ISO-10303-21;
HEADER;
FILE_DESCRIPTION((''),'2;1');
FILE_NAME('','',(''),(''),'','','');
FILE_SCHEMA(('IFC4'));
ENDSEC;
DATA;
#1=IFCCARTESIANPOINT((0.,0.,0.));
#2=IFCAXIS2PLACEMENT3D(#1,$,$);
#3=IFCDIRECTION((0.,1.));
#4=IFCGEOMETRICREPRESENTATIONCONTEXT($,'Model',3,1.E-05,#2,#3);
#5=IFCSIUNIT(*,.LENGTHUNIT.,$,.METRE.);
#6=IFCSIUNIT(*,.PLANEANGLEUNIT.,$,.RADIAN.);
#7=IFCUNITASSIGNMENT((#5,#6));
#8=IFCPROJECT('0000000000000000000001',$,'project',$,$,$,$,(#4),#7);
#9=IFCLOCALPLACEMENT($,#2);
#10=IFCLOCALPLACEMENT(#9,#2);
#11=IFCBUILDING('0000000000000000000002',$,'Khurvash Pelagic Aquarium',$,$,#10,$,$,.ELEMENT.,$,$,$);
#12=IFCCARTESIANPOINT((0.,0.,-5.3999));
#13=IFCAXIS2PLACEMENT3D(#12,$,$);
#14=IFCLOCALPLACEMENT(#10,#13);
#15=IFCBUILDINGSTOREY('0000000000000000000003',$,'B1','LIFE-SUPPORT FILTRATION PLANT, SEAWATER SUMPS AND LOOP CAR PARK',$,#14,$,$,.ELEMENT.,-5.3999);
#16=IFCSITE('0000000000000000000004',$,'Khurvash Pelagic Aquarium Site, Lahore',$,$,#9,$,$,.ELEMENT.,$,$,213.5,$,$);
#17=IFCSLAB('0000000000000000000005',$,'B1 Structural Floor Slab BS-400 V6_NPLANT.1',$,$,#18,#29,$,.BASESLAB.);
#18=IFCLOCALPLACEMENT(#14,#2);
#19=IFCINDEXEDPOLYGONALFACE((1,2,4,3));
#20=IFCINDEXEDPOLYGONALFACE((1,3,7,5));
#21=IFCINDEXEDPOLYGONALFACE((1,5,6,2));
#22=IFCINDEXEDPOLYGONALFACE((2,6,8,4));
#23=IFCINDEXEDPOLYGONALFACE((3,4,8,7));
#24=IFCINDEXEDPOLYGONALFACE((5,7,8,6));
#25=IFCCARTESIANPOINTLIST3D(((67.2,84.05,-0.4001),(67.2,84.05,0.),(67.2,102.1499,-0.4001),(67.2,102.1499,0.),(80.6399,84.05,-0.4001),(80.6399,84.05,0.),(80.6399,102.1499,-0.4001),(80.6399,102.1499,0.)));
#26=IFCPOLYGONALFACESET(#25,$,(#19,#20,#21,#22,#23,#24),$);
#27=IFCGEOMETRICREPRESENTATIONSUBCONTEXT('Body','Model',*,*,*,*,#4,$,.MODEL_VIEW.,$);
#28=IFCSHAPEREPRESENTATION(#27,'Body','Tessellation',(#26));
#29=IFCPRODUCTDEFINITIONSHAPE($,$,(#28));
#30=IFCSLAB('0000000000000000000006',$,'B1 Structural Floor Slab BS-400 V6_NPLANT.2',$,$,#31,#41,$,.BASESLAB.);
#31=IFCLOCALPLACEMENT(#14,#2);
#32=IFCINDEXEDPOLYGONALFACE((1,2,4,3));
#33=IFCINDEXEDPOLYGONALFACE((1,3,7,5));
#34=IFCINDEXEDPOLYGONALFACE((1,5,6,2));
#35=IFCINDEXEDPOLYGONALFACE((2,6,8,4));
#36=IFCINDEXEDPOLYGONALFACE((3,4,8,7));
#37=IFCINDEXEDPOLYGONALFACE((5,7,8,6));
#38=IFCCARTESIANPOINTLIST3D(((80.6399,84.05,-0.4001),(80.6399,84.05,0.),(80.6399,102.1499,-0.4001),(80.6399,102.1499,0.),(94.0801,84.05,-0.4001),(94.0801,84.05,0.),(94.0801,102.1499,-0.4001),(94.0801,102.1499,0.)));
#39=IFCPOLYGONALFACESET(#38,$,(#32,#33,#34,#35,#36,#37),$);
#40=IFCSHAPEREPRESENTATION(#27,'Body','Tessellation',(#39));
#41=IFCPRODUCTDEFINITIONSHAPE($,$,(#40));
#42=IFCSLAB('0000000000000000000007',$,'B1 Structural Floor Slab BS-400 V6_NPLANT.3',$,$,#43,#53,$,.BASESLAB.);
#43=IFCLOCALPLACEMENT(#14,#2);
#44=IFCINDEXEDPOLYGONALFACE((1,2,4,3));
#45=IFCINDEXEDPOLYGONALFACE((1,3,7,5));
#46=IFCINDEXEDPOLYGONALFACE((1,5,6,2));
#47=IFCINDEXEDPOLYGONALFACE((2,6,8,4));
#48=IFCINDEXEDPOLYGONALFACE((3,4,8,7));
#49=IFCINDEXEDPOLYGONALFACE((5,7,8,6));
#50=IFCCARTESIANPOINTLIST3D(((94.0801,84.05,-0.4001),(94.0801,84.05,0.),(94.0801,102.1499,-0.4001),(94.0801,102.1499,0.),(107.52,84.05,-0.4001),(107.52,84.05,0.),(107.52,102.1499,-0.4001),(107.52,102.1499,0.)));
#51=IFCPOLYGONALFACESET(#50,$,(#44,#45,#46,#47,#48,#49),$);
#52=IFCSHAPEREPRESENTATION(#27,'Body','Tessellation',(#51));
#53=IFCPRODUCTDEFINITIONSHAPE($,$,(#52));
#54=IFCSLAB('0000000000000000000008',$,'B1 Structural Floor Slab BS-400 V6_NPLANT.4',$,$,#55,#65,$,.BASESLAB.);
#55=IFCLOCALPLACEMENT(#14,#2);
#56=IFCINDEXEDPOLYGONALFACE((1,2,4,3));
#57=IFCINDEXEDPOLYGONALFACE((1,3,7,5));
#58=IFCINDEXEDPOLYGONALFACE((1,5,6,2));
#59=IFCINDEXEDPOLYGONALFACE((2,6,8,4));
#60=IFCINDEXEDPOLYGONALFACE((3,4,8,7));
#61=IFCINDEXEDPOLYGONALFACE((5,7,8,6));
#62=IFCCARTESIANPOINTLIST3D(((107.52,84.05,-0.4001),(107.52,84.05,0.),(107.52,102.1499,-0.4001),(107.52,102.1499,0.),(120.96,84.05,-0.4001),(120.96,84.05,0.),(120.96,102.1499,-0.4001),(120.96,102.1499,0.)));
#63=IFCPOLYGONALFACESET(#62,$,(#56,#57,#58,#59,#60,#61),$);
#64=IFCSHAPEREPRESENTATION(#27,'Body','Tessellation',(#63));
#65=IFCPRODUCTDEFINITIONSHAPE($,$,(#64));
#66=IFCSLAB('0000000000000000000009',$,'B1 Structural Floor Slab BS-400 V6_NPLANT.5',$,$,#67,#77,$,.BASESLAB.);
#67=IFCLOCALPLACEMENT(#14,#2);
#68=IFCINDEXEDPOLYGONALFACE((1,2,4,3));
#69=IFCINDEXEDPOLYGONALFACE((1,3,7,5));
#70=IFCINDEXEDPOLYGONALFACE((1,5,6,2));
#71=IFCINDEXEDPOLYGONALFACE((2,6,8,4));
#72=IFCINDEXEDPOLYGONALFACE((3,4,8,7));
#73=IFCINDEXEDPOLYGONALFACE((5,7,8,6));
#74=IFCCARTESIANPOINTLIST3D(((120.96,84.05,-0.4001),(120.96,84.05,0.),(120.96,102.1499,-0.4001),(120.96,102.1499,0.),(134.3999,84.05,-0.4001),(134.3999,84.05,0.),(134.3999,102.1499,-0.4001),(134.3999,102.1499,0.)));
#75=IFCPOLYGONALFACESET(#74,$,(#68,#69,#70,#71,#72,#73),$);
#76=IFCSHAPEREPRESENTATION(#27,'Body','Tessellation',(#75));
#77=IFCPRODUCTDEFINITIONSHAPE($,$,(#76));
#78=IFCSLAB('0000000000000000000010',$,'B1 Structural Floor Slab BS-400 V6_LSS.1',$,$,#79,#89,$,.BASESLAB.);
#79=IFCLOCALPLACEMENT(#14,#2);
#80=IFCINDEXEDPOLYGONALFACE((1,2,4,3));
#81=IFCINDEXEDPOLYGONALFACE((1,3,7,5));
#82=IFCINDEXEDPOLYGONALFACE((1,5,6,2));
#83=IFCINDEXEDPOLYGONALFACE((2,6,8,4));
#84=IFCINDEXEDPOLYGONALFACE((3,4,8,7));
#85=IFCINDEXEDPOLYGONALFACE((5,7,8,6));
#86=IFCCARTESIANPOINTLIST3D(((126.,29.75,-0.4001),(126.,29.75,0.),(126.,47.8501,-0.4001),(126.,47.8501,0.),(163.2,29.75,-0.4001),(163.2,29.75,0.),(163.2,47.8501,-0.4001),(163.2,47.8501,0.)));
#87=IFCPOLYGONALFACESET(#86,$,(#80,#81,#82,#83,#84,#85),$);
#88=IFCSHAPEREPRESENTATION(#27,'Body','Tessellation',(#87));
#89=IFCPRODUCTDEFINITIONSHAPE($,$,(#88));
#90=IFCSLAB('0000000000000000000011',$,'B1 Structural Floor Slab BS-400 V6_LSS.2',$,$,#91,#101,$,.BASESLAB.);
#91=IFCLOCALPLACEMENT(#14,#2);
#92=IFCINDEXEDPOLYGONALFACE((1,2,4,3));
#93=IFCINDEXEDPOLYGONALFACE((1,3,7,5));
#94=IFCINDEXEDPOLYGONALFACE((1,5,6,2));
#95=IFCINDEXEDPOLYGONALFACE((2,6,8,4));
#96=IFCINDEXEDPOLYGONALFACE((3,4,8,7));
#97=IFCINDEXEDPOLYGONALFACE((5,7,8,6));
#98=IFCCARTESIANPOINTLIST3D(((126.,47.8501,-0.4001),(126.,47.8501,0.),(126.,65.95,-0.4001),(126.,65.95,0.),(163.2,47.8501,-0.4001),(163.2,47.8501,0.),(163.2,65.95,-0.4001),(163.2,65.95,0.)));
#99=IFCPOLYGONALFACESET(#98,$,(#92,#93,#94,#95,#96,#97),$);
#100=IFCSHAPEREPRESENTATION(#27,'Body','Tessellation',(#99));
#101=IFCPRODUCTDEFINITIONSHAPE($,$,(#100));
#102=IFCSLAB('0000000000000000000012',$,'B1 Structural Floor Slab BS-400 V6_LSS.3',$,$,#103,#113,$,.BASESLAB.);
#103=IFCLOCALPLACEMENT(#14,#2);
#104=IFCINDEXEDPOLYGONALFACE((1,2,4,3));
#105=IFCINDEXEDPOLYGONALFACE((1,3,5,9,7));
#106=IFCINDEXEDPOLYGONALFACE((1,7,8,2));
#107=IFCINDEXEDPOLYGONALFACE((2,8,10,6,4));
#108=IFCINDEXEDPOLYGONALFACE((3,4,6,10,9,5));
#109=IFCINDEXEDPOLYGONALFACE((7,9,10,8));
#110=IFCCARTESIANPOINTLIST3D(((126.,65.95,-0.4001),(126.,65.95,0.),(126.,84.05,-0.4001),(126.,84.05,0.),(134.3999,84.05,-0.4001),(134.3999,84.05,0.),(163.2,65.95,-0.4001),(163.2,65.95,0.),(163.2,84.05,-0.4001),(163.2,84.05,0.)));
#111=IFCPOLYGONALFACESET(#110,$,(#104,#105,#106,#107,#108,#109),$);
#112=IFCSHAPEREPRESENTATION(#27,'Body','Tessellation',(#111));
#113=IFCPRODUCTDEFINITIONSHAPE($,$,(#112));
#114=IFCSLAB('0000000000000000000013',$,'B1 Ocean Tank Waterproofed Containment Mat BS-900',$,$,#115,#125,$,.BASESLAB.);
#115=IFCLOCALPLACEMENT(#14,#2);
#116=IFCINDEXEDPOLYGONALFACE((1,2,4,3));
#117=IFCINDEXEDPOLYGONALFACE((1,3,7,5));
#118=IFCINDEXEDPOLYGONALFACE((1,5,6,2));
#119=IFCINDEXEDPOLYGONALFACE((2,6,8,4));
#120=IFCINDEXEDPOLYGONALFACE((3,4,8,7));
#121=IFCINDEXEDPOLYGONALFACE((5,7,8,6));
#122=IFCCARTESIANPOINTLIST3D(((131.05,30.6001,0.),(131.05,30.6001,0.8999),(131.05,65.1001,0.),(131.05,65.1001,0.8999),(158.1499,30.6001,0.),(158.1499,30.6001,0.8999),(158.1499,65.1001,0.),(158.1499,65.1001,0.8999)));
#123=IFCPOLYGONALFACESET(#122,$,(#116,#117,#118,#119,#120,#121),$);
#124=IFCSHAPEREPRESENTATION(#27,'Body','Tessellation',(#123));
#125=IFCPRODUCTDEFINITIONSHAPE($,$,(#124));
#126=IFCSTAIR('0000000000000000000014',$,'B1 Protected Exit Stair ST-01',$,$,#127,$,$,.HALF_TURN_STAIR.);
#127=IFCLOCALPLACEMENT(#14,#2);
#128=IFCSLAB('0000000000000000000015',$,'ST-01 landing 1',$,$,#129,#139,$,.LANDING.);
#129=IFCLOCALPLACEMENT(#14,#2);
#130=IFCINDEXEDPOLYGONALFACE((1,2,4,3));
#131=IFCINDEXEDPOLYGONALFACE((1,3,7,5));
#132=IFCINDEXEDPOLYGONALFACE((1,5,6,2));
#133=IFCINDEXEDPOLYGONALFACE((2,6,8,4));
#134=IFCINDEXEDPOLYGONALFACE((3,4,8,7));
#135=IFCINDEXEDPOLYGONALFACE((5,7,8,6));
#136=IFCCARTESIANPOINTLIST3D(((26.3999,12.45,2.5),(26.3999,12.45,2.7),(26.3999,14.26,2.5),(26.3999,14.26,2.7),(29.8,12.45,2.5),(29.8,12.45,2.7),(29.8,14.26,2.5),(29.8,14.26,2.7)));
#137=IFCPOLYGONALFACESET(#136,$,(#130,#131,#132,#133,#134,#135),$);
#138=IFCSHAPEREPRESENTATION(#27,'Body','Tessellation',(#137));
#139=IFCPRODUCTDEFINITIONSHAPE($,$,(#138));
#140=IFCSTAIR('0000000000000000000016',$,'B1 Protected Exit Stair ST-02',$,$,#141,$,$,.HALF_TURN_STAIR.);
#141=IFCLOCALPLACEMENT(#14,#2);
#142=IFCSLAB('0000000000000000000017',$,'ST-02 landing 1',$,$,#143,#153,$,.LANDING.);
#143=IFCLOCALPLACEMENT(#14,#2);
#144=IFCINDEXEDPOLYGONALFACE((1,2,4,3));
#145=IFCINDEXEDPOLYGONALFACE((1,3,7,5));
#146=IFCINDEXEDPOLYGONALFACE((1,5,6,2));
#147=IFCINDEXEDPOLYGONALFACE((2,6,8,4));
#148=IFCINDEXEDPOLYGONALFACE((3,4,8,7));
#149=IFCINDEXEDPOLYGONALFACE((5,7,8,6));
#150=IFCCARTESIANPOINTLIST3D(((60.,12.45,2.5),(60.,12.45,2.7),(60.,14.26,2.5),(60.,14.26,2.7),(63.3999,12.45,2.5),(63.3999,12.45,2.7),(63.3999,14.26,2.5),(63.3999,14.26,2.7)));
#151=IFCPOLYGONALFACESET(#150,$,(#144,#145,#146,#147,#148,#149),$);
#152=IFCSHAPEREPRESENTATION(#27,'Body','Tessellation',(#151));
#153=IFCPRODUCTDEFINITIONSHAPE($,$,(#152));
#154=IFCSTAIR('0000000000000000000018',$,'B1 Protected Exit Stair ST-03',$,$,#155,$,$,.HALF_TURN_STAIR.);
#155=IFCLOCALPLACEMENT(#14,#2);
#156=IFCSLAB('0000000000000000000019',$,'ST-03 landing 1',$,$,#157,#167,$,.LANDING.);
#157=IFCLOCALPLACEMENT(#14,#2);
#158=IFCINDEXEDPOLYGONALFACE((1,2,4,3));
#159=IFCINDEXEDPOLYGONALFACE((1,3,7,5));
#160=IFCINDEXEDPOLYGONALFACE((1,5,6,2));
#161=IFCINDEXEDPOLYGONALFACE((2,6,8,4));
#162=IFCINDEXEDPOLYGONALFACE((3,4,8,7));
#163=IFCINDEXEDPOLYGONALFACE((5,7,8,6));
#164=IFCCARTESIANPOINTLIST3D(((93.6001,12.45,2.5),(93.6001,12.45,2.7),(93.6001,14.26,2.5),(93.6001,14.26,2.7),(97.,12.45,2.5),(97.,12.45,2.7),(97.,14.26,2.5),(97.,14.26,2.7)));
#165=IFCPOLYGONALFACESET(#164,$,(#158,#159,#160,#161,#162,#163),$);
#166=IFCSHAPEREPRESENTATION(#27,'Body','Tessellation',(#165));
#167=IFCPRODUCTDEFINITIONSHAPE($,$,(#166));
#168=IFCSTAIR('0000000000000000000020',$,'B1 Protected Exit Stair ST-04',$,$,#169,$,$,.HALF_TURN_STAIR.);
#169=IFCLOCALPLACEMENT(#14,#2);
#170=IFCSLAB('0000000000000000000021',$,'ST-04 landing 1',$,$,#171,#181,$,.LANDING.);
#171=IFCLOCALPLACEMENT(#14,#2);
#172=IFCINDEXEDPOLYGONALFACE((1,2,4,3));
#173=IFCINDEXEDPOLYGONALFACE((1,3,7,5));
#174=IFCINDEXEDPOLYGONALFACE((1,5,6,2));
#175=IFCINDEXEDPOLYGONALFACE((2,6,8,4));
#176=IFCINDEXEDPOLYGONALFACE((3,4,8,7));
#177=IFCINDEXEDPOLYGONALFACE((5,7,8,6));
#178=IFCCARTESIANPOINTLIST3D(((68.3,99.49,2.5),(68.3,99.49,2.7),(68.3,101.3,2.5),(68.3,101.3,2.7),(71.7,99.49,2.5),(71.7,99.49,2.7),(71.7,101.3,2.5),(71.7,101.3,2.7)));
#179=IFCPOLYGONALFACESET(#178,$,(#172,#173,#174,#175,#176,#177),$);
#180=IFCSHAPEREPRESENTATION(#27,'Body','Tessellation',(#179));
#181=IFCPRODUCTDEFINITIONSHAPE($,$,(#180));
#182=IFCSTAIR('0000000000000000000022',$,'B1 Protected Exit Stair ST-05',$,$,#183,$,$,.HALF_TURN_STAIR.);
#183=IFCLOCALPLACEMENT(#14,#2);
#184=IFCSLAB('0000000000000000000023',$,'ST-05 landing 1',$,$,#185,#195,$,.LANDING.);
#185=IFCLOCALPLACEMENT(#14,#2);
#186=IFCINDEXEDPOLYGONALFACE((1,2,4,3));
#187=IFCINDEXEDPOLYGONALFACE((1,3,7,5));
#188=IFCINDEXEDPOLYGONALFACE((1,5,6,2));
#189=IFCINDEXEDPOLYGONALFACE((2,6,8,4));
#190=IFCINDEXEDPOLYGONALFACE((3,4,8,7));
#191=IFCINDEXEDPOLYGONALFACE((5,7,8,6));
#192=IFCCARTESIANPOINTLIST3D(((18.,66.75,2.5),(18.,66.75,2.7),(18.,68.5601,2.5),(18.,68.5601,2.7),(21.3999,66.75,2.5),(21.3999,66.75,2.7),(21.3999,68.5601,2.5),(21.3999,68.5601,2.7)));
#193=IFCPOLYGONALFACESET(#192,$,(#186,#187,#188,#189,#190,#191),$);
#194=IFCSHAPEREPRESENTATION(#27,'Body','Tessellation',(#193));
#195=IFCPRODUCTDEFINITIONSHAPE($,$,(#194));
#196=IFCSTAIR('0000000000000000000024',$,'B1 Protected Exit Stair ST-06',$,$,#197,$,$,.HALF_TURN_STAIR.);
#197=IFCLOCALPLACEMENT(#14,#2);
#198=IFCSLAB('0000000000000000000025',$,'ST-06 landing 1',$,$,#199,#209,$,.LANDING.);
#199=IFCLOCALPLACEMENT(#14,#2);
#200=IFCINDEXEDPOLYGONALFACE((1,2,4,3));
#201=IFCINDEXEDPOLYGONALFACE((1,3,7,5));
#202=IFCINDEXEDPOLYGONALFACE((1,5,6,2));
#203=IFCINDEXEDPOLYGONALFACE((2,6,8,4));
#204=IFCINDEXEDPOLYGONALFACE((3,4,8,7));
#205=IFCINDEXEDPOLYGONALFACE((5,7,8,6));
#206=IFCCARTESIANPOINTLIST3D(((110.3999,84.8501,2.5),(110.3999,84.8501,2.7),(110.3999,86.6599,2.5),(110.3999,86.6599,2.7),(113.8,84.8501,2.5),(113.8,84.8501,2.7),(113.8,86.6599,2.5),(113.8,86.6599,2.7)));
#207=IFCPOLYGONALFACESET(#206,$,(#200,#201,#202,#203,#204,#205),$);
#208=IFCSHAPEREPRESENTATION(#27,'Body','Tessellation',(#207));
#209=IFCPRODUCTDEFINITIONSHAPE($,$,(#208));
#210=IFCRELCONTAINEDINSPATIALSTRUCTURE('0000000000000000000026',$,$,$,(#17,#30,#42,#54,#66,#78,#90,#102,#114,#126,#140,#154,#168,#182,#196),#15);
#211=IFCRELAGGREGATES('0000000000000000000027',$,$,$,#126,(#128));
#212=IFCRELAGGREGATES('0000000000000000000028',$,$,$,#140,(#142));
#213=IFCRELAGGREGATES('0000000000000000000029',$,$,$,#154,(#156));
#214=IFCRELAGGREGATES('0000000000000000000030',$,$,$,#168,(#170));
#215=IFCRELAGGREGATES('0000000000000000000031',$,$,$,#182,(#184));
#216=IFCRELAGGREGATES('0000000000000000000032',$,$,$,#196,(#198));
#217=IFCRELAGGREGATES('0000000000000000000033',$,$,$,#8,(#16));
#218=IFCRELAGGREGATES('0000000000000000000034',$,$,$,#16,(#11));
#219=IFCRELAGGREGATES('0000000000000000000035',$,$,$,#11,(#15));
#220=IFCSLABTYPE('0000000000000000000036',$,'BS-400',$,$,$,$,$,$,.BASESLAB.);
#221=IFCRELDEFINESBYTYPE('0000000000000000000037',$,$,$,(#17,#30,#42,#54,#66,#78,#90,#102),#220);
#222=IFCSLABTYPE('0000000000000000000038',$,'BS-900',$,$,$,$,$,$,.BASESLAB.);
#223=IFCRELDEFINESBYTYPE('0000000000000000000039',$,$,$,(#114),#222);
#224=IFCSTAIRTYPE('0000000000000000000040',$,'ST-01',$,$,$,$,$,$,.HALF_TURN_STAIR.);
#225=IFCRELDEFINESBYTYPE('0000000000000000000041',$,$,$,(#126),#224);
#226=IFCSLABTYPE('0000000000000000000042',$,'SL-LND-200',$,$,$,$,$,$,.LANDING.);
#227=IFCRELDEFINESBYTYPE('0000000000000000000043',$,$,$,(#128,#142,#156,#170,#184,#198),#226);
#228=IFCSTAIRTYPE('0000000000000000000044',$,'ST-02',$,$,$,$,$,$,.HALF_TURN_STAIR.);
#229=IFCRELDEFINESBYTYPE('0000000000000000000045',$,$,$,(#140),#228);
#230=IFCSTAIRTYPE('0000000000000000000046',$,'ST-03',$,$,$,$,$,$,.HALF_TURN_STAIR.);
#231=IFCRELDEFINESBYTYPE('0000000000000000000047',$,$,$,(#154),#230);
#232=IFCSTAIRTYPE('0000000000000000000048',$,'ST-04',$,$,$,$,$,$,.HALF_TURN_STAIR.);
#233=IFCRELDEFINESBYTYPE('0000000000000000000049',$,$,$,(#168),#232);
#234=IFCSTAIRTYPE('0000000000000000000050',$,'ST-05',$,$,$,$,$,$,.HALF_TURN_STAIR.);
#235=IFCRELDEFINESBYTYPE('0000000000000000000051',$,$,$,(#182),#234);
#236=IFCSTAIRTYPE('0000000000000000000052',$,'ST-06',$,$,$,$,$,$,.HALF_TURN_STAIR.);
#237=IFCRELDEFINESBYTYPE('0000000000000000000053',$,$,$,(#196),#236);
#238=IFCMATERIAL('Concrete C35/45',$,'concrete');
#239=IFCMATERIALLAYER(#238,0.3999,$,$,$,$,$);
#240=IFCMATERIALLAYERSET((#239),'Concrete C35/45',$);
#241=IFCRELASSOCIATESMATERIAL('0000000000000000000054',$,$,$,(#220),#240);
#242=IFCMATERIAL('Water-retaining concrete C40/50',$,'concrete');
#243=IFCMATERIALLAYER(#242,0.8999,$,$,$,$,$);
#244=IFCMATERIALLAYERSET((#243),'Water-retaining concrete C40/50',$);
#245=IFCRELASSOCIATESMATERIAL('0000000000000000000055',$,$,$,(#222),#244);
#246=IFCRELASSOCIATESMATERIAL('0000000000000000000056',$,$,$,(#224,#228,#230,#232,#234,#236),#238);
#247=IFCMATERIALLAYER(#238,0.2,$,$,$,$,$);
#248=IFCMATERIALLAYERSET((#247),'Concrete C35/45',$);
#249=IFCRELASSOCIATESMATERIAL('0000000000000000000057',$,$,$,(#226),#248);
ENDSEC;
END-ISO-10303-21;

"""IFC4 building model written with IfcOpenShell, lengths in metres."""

from ifc_helpers import new_model, si_unit, direction, frame, origin, place, context, subcontext, project, spatial, polyline, outline, extrude, material, layer, layer_set, type_object, element, aggregate, save


model = new_model("IFC4")

# Units and contexts
model_context = context("Model", 3, precision=1e-05, world=origin(), true_north=direction((0.0, 1.0)))
body_context = subcontext(model_context, "Body", "Model", "MODEL_VIEW")
ifc_project = project(units=[si_unit("LENGTHUNIT", "METRE"), si_unit("PLANEANGLEUNIT", "RADIAN")], contexts=[model_context])

# Site, building, storey
site_placement = place(None, origin())
site = spatial("IfcSite", under=ifc_project, at=site_placement, Name="Khurvash Pelagic Aquarium Site, Lahore", CompositionType="ELEMENT", RefElevation=213.5)
building_placement = place(site_placement, origin())
building = spatial("IfcBuilding", under=site, at=building_placement, Name="Khurvash Pelagic Aquarium", CompositionType="ELEMENT")
storey_placement = place(building_placement, frame((0.0, 0.0, -5.3999)))
storey = spatial("IfcBuildingStorey", under=building, at=storey_placement, Name="B1", Description="LIFE-SUPPORT FILTRATION PLANT, SEAWATER SUMPS AND LOOP CAR PARK", CompositionType="ELEMENT", Elevation=-5.3999)

# Shared definitions
ifc_material_1 = material(Name="Concrete C35/45", Category="concrete")

# Slabs
ifc_layer_1 = layer(ifc_material_1, 0.3999)
ifc_layer_set_1 = layer_set([ifc_layer_1], Name="Concrete C35/45")
slab_type_1 = type_object("IfcSlabType", Name="BS-400", PredefinedType="BASESLAB", material=ifc_layer_set_1)
slab_1_placement = place(storey_placement, frame((0.0, 0.0, -0.4001)))
element("IfcSlab", 1, at=slab_1_placement, inside=storey, type_object=slab_type_1, Name="B1 Structural Floor Slab BS-400 V6_NPLANT.1", PredefinedType="BASESLAB", context=body_context, shape_type="SweptSolid", body=[
    extrude(outline(polyline([(80.6399, 84.05), (80.6399, 102.1499), (67.2, 102.1499), (67.2, 84.05), (80.6399, 84.05)])), origin(), (0.0, 0.0, 1.0), 0.4001),
])
slab_2_placement = place(storey_placement, frame((0.0, 0.0, -0.4001)))
element("IfcSlab", 2, at=slab_2_placement, inside=storey, type_object=slab_type_1, Name="B1 Structural Floor Slab BS-400 V6_NPLANT.2", PredefinedType="BASESLAB", context=body_context, shape_type="SweptSolid", body=[
    extrude(outline(polyline([(80.6399, 102.1499), (80.6399, 84.05), (94.0801, 84.05), (94.0801, 102.1499), (80.6399, 102.1499)])), origin(), (0.0, 0.0, 1.0), 0.4001),
])
slab_3_placement = place(storey_placement, frame((0.0, 0.0, -0.4001)))
element("IfcSlab", 3, at=slab_3_placement, inside=storey, type_object=slab_type_1, Name="B1 Structural Floor Slab BS-400 V6_NPLANT.3", PredefinedType="BASESLAB", context=body_context, shape_type="SweptSolid", body=[
    extrude(outline(polyline([(94.0801, 102.1499), (94.0801, 84.05), (107.52, 84.05), (107.52, 102.1499), (94.0801, 102.1499)])), origin(), (0.0, 0.0, 1.0), 0.4001),
])
slab_4_placement = place(storey_placement, frame((0.0, 0.0, -0.4001)))
element("IfcSlab", 4, at=slab_4_placement, inside=storey, type_object=slab_type_1, Name="B1 Structural Floor Slab BS-400 V6_NPLANT.4", PredefinedType="BASESLAB", context=body_context, shape_type="SweptSolid", body=[
    extrude(outline(polyline([(107.52, 102.1499), (107.52, 84.05), (120.96, 84.05), (120.96, 102.1499), (107.52, 102.1499)])), origin(), (0.0, 0.0, 1.0), 0.4001),
])
slab_5_placement = place(storey_placement, frame((0.0, 0.0, -0.4001)))
element("IfcSlab", 5, at=slab_5_placement, inside=storey, type_object=slab_type_1, Name="B1 Structural Floor Slab BS-400 V6_NPLANT.5", PredefinedType="BASESLAB", context=body_context, shape_type="SweptSolid", body=[
    extrude(outline(polyline([(120.96, 102.1499), (120.96, 84.05), (134.3999, 84.05), (134.3999, 102.1499), (120.96, 102.1499)])), origin(), (0.0, 0.0, 1.0), 0.4001),
])
slab_6_placement = place(storey_placement, frame((0.0, 0.0, -0.4001)))
element("IfcSlab", 6, at=slab_6_placement, inside=storey, type_object=slab_type_1, Name="B1 Structural Floor Slab BS-400 V6_LSS.1", PredefinedType="BASESLAB", context=body_context, shape_type="SweptSolid", body=[
    extrude(outline(polyline([(163.2, 29.75), (163.2, 47.8501), (126.0, 47.8501), (126.0, 29.75), (163.2, 29.75)])), origin(), (0.0, 0.0, 1.0), 0.4001),
])
slab_7_placement = place(storey_placement, frame((0.0, 0.0, -0.4001)))
element("IfcSlab", 7, at=slab_7_placement, inside=storey, type_object=slab_type_1, Name="B1 Structural Floor Slab BS-400 V6_LSS.2", PredefinedType="BASESLAB", context=body_context, shape_type="SweptSolid", body=[
    extrude(outline(polyline([(126.0, 47.8501), (163.2, 47.8501), (163.2, 65.95), (126.0, 65.95), (126.0, 47.8501)])), origin(), (0.0, 0.0, 1.0), 0.4001),
])
slab_8_placement = place(storey_placement, frame((0.0, 0.0, -0.4001)))
element("IfcSlab", 8, at=slab_8_placement, inside=storey, type_object=slab_type_1, Name="B1 Structural Floor Slab BS-400 V6_LSS.3", PredefinedType="BASESLAB", context=body_context, shape_type="SweptSolid", body=[
    extrude(outline(polyline([(134.3999, 84.05), (126.0, 84.05), (126.0, 65.95), (163.2, 65.95), (163.2, 84.05), (134.3999, 84.05)])), origin(), (0.0, 0.0, 1.0), 0.4001),
])
ifc_material_2 = material(Name="Water-retaining concrete C40/50", Category="concrete")
ifc_layer_2 = layer(ifc_material_2, 0.8999)
ifc_layer_set_2 = layer_set([ifc_layer_2], Name="Water-retaining concrete C40/50")
slab_type_2 = type_object("IfcSlabType", Name="BS-900", PredefinedType="BASESLAB", material=ifc_layer_set_2)
slab_9_placement = place(storey_placement, origin())
element("IfcSlab", 9, at=slab_9_placement, inside=storey, type_object=slab_type_2, Name="B1 Ocean Tank Waterproofed Containment Mat BS-900", PredefinedType="BASESLAB", context=body_context, shape_type="SweptSolid", body=[
    extrude(outline(polyline([(131.05, 30.6001), (158.1499, 30.6001), (158.1499, 65.1001), (131.05, 65.1001), (131.05, 30.6001)])), origin(), (0.0, 0.0, 1.0), 0.8999),
])

# Stairs, slabs
stair_type_1 = type_object("IfcStairType", Name="ST-01", PredefinedType="HALF_TURN_STAIR", material=ifc_material_1)
stair_1_placement = place(storey_placement, origin())
stair_1 = element("IfcStair", 10, at=stair_1_placement, inside=storey, type_object=stair_type_1, Name="B1 Protected Exit Stair ST-01", PredefinedType="HALF_TURN_STAIR")
ifc_layer_3 = layer(ifc_material_1, 0.2)
ifc_layer_set_3 = layer_set([ifc_layer_3], Name="Concrete C35/45")
slab_type_3 = type_object("IfcSlabType", Name="SL-LND-200", PredefinedType="LANDING", material=ifc_layer_set_3)
slab_10_placement = place(storey_placement, frame((0.0, 0.0, 2.5)))
slab_10 = element("IfcSlab", 11, at=slab_10_placement, type_object=slab_type_3, Name="ST-01 landing 1", PredefinedType="LANDING", context=body_context, shape_type="SweptSolid", body=[
    extrude(outline(polyline([(26.3999, 14.26), (26.3999, 12.45), (29.8, 12.45), (29.8, 14.26), (26.3999, 14.26)])), origin(), (0.0, 0.0, 1.0), 0.2),
])
aggregate(stair_1, [slab_10])
stair_type_2 = type_object("IfcStairType", Name="ST-02", PredefinedType="HALF_TURN_STAIR", material=ifc_material_1)
stair_2_placement = place(storey_placement, origin())
stair_2 = element("IfcStair", 12, at=stair_2_placement, inside=storey, type_object=stair_type_2, Name="B1 Protected Exit Stair ST-02", PredefinedType="HALF_TURN_STAIR")
slab_11_placement = place(storey_placement, frame((0.0, 0.0, 2.5)))
slab_11 = element("IfcSlab", 13, at=slab_11_placement, type_object=slab_type_3, Name="ST-02 landing 1", PredefinedType="LANDING", context=body_context, shape_type="SweptSolid", body=[
    extrude(outline(polyline([(60.0, 14.26), (60.0, 12.45), (63.3999, 12.45), (63.3999, 14.26), (60.0, 14.26)])), origin(), (0.0, 0.0, 1.0), 0.2),
])
aggregate(stair_2, [slab_11])
stair_type_3 = type_object("IfcStairType", Name="ST-03", PredefinedType="HALF_TURN_STAIR", material=ifc_material_1)
stair_3_placement = place(storey_placement, origin())
stair_3 = element("IfcStair", 14, at=stair_3_placement, inside=storey, type_object=stair_type_3, Name="B1 Protected Exit Stair ST-03", PredefinedType="HALF_TURN_STAIR")
slab_12_placement = place(storey_placement, frame((0.0, 0.0, 2.5)))
slab_12 = element("IfcSlab", 15, at=slab_12_placement, type_object=slab_type_3, Name="ST-03 landing 1", PredefinedType="LANDING", context=body_context, shape_type="SweptSolid", body=[
    extrude(outline(polyline([(93.6001, 14.26), (93.6001, 12.45), (97.0, 12.45), (97.0, 14.26), (93.6001, 14.26)])), origin(), (0.0, 0.0, 1.0), 0.2),
])
aggregate(stair_3, [slab_12])
stair_type_4 = type_object("IfcStairType", Name="ST-04", PredefinedType="HALF_TURN_STAIR", material=ifc_material_1)
stair_4_placement = place(storey_placement, origin())
stair_4 = element("IfcStair", 16, at=stair_4_placement, inside=storey, type_object=stair_type_4, Name="B1 Protected Exit Stair ST-04", PredefinedType="HALF_TURN_STAIR")
slab_13_placement = place(storey_placement, frame((0.0, 0.0, 2.5)))
slab_13 = element("IfcSlab", 17, at=slab_13_placement, type_object=slab_type_3, Name="ST-04 landing 1", PredefinedType="LANDING", context=body_context, shape_type="SweptSolid", body=[
    extrude(outline(polyline([(71.7, 99.49), (71.7, 101.3), (68.3, 101.3), (68.3, 99.49), (71.7, 99.49)])), origin(), (0.0, 0.0, 1.0), 0.2),
])
aggregate(stair_4, [slab_13])
stair_type_5 = type_object("IfcStairType", Name="ST-05", PredefinedType="HALF_TURN_STAIR", material=ifc_material_1)
stair_5_placement = place(storey_placement, origin())
stair_5 = element("IfcStair", 18, at=stair_5_placement, inside=storey, type_object=stair_type_5, Name="B1 Protected Exit Stair ST-05", PredefinedType="HALF_TURN_STAIR")
slab_14_placement = place(storey_placement, frame((0.0, 0.0, 2.5)))
slab_14 = element("IfcSlab", 19, at=slab_14_placement, type_object=slab_type_3, Name="ST-05 landing 1", PredefinedType="LANDING", context=body_context, shape_type="SweptSolid", body=[
    extrude(outline(polyline([(18.0, 68.5601), (18.0, 66.75), (21.3999, 66.75), (21.3999, 68.5601), (18.0, 68.5601)])), origin(), (0.0, 0.0, 1.0), 0.2),
])
aggregate(stair_5, [slab_14])
stair_type_6 = type_object("IfcStairType", Name="ST-06", PredefinedType="HALF_TURN_STAIR", material=ifc_material_1)
stair_6_placement = place(storey_placement, origin())
stair_6 = element("IfcStair", 20, at=stair_6_placement, inside=storey, type_object=stair_type_6, Name="B1 Protected Exit Stair ST-06", PredefinedType="HALF_TURN_STAIR")
slab_15_placement = place(storey_placement, frame((0.0, 0.0, 2.5)))
slab_15 = element("IfcSlab", 21, at=slab_15_placement, type_object=slab_type_3, Name="ST-06 landing 1", PredefinedType="LANDING", context=body_context, shape_type="SweptSolid", body=[
    extrude(outline(polyline([(110.3999, 86.6599), (110.3999, 84.8501), (113.8, 84.8501), (113.8, 86.6599), (110.3999, 86.6599)])), origin(), (0.0, 0.0, 1.0), 0.2),
])
aggregate(stair_6, [slab_15])

save(model, "model.ifc")
